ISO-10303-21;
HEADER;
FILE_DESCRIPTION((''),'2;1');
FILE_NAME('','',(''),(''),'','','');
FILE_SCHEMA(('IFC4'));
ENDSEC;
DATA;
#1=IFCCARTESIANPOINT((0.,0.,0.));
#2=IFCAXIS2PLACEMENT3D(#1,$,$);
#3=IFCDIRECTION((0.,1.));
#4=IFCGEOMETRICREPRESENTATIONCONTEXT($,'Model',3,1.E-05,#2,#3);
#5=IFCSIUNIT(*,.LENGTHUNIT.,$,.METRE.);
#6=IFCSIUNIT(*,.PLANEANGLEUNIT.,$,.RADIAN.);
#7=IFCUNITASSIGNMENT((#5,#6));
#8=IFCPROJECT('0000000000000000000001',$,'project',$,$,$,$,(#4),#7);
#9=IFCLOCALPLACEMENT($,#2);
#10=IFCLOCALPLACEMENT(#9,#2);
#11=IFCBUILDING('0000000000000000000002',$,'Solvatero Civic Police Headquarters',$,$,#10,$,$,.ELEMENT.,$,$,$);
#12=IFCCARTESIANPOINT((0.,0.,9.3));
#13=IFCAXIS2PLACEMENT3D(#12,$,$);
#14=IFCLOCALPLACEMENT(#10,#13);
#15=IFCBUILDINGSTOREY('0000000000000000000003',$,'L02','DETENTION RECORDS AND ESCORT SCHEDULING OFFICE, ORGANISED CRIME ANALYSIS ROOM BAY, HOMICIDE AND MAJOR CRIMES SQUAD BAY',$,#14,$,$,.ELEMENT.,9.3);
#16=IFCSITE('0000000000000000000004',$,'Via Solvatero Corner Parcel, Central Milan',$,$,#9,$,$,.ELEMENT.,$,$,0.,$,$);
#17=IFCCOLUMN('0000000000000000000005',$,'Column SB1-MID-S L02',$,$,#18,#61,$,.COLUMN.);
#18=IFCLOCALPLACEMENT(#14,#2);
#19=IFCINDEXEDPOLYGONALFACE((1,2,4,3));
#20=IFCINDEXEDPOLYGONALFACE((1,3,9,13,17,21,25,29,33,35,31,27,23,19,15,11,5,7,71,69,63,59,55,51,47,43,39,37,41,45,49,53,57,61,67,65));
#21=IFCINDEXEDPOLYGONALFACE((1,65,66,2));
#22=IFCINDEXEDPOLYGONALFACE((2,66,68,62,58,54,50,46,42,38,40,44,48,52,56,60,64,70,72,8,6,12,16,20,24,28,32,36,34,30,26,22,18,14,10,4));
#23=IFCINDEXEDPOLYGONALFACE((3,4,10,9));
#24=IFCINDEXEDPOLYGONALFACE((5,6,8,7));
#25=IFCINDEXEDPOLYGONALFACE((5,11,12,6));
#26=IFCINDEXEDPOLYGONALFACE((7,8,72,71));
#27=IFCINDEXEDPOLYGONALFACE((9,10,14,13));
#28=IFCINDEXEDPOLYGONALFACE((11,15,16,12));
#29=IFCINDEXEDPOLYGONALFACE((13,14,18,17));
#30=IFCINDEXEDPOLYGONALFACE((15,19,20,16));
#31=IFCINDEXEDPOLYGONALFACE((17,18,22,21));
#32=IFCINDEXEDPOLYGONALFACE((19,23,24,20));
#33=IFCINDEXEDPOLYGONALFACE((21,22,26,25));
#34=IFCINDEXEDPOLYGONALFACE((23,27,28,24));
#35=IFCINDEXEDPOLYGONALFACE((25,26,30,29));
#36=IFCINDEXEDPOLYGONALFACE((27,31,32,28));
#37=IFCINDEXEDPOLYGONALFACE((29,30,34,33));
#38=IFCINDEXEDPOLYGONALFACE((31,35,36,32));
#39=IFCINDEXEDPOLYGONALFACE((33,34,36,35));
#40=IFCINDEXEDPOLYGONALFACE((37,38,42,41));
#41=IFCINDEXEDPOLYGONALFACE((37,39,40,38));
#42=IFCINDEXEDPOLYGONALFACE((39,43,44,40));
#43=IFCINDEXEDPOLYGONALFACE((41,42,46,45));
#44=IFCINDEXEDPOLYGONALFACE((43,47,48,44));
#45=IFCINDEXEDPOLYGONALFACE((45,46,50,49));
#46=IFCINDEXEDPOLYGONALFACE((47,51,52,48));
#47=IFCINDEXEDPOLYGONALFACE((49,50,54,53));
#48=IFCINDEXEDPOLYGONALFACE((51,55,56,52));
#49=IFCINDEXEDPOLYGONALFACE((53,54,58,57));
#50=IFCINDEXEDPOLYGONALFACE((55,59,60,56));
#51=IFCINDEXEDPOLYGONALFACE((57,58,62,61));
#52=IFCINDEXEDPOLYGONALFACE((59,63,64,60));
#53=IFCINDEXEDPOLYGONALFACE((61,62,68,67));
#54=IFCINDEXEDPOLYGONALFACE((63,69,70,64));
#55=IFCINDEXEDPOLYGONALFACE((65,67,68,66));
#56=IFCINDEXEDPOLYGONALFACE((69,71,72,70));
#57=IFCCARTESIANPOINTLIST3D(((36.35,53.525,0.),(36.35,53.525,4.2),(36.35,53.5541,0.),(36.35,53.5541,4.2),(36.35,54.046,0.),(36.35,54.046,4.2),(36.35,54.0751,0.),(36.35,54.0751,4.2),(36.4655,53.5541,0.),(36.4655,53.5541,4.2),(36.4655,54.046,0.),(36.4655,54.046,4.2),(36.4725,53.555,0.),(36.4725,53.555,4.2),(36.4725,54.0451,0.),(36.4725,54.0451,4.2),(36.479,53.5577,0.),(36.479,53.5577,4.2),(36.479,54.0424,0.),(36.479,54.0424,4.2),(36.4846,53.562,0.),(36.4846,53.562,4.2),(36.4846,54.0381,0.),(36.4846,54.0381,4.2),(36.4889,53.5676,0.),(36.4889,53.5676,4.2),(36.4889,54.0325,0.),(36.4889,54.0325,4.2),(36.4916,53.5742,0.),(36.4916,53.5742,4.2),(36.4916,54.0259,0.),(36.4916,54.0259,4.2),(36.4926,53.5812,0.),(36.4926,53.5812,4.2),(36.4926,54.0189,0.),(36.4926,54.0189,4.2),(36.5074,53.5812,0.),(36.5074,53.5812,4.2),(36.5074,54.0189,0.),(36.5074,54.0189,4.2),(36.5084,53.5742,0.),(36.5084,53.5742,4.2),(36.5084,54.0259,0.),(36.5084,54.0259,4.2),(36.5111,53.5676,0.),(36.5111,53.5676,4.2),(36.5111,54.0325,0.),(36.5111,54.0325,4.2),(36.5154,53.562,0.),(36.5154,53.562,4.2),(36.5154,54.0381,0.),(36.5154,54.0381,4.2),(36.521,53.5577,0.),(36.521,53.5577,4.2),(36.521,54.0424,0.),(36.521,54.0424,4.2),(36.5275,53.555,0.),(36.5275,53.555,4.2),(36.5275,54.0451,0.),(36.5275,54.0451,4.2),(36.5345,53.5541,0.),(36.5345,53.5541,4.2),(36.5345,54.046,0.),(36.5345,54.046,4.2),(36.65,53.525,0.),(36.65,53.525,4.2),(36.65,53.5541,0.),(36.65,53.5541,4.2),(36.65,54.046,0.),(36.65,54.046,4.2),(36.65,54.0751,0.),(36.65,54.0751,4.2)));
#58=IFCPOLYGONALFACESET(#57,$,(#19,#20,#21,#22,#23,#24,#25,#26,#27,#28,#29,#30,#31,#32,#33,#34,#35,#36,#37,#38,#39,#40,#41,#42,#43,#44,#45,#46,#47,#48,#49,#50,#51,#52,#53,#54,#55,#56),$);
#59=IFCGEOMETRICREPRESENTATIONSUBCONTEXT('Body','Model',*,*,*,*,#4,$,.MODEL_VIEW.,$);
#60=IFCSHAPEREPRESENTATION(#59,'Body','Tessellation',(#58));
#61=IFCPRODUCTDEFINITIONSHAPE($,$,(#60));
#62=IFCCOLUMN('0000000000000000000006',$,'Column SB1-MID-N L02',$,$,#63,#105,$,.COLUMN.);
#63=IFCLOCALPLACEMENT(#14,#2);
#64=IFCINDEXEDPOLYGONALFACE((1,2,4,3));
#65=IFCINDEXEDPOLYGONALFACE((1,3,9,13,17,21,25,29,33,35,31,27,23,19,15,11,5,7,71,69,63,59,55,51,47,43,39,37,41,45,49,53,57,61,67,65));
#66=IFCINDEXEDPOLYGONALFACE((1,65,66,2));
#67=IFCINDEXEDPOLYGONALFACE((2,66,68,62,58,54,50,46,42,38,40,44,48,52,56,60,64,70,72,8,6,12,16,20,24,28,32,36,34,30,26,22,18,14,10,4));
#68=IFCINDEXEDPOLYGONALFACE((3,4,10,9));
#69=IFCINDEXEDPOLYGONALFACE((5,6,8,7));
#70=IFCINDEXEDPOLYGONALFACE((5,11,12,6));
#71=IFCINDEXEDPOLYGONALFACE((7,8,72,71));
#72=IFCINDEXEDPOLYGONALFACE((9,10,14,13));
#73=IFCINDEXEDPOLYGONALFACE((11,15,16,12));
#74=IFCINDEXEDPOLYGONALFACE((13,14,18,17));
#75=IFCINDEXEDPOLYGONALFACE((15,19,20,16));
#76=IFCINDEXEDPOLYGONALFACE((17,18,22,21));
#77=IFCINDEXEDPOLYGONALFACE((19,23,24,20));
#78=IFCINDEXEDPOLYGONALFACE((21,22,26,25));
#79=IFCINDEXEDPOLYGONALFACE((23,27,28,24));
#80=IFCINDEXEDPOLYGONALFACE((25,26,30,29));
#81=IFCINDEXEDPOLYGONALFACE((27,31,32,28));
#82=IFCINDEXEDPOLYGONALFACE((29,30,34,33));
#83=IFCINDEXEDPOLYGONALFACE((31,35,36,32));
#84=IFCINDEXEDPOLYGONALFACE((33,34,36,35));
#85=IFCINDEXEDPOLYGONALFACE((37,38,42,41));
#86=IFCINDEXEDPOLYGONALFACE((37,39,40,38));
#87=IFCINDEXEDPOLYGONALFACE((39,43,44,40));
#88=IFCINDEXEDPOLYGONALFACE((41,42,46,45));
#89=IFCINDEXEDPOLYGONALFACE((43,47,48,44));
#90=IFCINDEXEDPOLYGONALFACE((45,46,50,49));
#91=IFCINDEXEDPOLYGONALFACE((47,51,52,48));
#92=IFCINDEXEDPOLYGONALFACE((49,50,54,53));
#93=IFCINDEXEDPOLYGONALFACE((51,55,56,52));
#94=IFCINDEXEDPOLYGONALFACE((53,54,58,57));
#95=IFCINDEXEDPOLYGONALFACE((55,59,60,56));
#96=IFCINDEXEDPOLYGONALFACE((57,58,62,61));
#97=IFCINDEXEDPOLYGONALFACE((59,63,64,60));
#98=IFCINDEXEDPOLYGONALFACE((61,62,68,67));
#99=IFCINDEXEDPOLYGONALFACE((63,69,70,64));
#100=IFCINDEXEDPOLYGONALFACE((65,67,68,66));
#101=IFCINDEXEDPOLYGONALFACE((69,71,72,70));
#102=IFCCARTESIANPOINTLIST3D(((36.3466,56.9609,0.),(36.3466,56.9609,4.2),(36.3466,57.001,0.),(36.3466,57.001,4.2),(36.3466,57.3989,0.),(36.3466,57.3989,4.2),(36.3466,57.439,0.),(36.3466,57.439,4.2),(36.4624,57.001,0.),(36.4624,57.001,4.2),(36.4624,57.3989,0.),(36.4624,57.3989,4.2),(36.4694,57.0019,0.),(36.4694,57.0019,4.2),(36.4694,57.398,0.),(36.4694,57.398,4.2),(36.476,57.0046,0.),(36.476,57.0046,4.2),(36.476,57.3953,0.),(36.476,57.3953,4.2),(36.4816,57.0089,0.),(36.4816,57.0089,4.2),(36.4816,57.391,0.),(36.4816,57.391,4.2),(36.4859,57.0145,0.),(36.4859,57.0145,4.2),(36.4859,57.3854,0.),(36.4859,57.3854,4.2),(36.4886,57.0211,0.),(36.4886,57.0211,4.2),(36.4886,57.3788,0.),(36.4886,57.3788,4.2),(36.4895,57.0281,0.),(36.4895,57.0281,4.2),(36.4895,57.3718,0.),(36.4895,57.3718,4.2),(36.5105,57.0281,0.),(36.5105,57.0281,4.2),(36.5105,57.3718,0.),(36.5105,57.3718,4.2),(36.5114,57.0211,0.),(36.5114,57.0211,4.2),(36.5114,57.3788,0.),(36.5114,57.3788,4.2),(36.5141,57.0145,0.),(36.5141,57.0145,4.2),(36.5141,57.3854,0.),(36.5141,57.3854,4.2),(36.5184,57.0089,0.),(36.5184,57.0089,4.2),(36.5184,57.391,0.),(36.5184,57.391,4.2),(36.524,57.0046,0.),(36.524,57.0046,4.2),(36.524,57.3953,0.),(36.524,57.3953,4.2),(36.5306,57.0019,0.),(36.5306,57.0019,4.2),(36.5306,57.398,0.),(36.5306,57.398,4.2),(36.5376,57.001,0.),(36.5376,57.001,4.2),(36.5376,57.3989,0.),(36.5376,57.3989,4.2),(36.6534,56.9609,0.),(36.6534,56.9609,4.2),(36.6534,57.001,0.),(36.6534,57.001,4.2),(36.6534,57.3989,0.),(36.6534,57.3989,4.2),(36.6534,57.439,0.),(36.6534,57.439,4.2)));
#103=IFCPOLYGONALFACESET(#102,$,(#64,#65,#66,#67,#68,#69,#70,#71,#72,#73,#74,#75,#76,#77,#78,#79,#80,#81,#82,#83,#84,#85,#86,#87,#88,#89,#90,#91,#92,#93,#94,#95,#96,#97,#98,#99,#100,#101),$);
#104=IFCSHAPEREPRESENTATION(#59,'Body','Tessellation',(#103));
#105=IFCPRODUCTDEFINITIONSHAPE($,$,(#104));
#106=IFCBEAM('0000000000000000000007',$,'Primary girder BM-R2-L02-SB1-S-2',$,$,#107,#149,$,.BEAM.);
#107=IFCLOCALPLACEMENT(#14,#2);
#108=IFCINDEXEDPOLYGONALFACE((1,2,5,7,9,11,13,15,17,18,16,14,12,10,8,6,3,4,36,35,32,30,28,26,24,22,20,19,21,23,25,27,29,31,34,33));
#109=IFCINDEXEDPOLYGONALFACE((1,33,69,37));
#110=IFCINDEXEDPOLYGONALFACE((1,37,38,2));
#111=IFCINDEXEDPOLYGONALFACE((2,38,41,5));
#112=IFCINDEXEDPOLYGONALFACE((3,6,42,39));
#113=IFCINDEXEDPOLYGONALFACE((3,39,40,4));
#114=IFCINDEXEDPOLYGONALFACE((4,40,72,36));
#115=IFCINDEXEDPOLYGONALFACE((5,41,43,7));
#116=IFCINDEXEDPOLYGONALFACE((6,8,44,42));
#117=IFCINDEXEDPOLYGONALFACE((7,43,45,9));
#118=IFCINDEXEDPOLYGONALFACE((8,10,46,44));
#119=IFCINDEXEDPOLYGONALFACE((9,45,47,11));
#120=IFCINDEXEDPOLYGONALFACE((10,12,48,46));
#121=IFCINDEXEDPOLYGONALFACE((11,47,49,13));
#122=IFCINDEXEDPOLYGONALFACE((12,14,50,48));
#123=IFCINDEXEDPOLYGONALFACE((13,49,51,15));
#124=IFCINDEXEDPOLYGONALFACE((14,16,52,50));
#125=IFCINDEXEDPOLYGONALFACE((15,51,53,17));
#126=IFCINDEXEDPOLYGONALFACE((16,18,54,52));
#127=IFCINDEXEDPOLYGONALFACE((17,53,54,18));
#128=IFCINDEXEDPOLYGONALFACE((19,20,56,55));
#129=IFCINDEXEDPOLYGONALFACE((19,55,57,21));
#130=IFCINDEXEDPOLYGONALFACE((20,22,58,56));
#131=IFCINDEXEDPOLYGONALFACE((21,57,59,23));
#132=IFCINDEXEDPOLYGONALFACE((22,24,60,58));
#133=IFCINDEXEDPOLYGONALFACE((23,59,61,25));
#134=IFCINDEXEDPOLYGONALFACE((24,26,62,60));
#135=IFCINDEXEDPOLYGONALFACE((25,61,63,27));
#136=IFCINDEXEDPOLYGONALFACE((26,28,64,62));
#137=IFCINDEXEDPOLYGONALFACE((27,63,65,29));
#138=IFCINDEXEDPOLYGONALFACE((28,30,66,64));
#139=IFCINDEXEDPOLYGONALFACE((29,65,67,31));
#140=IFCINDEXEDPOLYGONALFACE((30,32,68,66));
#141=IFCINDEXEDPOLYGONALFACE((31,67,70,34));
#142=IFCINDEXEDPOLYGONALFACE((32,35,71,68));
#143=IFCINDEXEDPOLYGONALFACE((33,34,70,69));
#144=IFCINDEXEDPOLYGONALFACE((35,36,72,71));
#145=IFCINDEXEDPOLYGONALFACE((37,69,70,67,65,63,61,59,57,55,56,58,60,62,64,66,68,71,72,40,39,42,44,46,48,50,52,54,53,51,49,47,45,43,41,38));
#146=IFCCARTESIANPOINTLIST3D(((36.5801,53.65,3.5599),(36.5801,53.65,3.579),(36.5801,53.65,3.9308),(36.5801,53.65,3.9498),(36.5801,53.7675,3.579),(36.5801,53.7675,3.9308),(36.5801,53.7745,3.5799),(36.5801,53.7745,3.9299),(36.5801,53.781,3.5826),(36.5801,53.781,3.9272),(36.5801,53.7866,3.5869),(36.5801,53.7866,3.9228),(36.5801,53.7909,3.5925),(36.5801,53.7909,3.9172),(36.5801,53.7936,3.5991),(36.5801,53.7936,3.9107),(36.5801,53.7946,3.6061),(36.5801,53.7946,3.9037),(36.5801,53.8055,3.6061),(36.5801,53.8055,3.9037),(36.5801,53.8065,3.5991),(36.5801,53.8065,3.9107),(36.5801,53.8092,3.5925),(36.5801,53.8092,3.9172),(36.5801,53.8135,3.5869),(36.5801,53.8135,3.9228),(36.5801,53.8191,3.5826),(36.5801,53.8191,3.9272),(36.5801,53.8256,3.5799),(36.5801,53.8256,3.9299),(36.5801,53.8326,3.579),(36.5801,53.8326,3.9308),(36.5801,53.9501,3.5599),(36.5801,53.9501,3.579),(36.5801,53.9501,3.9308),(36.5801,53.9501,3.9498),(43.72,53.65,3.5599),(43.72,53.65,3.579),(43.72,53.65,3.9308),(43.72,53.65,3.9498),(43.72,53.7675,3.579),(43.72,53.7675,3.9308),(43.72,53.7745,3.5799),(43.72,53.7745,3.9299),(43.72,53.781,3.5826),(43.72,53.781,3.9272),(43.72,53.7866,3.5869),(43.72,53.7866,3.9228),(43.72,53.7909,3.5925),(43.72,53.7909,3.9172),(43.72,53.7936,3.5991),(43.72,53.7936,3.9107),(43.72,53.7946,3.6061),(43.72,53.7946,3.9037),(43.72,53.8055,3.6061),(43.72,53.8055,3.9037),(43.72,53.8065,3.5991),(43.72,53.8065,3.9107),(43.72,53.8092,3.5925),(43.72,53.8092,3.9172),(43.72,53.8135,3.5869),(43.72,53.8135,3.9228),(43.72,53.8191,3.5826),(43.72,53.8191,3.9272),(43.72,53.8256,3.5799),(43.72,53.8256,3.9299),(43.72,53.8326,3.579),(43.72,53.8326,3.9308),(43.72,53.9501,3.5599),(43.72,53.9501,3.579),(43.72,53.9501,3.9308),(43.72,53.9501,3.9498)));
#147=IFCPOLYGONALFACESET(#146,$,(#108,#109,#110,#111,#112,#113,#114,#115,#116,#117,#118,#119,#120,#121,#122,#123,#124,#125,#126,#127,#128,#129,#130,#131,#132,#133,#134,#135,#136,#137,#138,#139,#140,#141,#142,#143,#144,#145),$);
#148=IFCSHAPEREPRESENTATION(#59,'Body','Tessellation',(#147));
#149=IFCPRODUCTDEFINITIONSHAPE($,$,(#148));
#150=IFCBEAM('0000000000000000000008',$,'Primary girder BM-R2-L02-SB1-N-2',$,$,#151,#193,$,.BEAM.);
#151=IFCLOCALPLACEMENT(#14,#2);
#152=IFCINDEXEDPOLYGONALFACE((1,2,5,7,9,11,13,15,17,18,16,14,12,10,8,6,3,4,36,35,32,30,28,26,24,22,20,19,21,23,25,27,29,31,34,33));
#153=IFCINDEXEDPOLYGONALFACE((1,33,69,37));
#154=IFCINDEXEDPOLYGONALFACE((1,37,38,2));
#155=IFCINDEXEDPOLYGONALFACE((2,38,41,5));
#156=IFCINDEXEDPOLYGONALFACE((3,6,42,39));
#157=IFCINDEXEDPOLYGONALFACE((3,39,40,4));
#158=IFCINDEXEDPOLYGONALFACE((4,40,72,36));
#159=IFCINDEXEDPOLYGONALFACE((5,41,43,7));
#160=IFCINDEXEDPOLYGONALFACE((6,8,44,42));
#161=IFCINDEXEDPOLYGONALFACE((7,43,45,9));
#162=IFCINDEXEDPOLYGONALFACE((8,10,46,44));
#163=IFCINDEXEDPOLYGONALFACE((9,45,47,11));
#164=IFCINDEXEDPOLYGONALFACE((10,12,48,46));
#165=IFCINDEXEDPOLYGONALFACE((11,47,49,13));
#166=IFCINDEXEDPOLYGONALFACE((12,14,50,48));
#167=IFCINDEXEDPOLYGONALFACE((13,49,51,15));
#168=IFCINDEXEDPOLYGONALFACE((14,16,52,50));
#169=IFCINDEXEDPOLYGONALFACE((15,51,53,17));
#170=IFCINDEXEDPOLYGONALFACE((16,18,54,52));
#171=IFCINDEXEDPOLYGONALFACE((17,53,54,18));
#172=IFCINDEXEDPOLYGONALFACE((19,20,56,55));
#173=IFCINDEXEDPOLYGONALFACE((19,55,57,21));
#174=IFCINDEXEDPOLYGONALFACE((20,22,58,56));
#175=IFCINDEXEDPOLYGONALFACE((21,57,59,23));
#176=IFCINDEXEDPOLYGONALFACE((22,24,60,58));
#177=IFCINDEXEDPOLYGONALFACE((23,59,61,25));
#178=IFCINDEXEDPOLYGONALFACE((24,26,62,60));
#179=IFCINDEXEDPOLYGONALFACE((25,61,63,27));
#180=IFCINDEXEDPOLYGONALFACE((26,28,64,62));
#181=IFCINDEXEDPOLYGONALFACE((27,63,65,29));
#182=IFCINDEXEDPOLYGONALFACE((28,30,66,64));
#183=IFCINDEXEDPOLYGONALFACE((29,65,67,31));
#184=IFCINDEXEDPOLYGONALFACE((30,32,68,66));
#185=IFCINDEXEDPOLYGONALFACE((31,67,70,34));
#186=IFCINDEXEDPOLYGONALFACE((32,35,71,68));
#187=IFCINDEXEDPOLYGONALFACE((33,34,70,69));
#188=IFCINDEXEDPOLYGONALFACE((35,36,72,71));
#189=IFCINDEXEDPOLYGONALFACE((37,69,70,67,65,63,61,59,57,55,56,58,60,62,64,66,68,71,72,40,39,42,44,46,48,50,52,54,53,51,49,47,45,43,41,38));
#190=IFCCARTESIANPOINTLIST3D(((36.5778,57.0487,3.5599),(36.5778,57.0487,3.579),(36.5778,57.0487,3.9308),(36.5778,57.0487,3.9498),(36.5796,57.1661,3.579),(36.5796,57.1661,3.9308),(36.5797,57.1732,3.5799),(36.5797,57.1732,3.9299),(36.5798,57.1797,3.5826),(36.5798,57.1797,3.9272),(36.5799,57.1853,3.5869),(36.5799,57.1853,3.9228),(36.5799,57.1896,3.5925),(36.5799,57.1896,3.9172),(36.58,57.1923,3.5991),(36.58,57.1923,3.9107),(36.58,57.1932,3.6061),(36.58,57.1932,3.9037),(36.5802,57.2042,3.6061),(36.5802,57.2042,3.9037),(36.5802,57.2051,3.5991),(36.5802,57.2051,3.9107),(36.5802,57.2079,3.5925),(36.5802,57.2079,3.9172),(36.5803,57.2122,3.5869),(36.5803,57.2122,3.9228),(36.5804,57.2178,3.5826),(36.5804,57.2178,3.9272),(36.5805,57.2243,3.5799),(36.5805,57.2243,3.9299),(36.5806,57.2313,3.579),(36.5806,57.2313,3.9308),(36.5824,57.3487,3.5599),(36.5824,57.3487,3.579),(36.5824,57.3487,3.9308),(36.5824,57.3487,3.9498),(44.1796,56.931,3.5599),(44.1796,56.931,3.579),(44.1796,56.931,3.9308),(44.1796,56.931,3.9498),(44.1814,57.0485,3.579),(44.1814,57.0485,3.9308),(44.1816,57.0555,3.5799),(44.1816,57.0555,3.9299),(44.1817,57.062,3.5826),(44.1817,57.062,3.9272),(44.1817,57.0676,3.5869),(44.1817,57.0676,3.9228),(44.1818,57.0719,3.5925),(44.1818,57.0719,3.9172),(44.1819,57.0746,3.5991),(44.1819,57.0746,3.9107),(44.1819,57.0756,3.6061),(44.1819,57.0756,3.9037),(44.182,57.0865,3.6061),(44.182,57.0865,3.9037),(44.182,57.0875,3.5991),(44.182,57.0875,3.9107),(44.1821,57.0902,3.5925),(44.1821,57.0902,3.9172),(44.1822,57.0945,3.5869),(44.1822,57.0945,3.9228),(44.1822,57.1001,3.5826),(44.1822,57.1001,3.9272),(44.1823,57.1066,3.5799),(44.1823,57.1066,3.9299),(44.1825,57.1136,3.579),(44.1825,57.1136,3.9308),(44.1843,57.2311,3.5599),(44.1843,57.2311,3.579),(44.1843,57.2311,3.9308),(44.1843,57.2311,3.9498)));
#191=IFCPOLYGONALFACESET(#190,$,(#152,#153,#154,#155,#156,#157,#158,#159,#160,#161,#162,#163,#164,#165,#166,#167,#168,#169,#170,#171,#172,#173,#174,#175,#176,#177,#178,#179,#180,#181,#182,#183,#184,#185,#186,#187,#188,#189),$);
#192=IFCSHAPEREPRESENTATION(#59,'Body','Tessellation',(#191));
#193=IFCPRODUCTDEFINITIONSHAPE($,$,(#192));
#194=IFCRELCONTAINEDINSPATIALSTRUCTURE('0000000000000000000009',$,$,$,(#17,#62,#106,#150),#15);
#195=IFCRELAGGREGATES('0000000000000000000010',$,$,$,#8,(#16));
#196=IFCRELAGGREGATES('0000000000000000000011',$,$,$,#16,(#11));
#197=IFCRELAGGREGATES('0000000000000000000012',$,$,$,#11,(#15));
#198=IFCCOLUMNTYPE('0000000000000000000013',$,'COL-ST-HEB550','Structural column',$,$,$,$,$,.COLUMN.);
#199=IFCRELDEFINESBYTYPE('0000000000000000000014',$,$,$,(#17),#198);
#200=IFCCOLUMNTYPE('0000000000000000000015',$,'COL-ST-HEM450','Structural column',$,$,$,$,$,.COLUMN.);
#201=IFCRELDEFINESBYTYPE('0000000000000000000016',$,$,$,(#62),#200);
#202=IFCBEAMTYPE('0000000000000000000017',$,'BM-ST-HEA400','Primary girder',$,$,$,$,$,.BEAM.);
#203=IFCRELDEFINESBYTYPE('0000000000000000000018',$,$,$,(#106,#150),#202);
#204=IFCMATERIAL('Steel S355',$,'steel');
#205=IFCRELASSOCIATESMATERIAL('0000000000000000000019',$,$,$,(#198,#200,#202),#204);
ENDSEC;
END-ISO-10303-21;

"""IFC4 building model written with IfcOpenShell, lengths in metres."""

from ifc_helpers import new_model, si_unit, direction, frame, origin, origin_2d, place, context, subcontext, project, spatial, i_section, extrude, material, material_profile, profile_set, type_object, element, save


model = new_model("IFC4")

# Units and contexts
model_context = context("Model", 3, precision=1e-05, world=origin(), true_north=direction((0.0, 1.0)))
body_context = subcontext(model_context, "Body", "Model", "MODEL_VIEW")
ifc_project = project(units=[si_unit("LENGTHUNIT", "METRE"), si_unit("PLANEANGLEUNIT", "RADIAN")], contexts=[model_context])

# Site, building, storey
site_placement = place(None, origin())
site = spatial("IfcSite", under=ifc_project, at=site_placement, Name="Via Solvatero Corner Parcel, Central Milan", CompositionType="ELEMENT", RefElevation=0.0)
building_placement = place(site_placement, origin())
building = spatial("IfcBuilding", under=site, at=building_placement, Name="Solvatero Civic Police Headquarters", CompositionType="ELEMENT")
storey_placement = place(building_placement, frame((0.0, 0.0, 9.3)))
storey = spatial("IfcBuildingStorey", under=building, at=storey_placement, Name="L02", Description="DETENTION RECORDS AND ESCORT SCHEDULING OFFICE, ORGANISED CRIME ANALYSIS ROOM BAY, HOMICIDE AND MAJOR CRIMES SQUAD BAY", CompositionType="ELEMENT", Elevation=9.3)

# Columns
ifc_material_1 = material(Name="Steel S355", Category="steel")
ifc_material_profile_1 = material_profile(ifc_material_1, i_section(OverallWidth=0.3, OverallDepth=0.55, WebThickness=0.0149, FlangeThickness=0.0291, FilletRadius=0.0271, at=origin_2d()), Name="HEB 550")
ifc_profile_set_1 = profile_set([ifc_material_profile_1], Name="Steel S355")
column_type_1 = type_object("IfcColumnType", Name="COL-ST-HEB550", Description="Structural column", PredefinedType="COLUMN", material=ifc_profile_set_1)
column_1_placement = place(storey_placement, frame((36.5, 53.8, 0.0), z_axis=(0.0, 0.0, 1.0), x_axis=(1.0, 0.0, 0.0)))
element("IfcColumn", 1, at=column_1_placement, inside=storey, type_object=column_type_1, Name="Column SB1-MID-S L02", PredefinedType="COLUMN", context=body_context, shape_type="SweptSolid", body=[
    extrude(i_section(OverallWidth=0.3, OverallDepth=0.55, WebThickness=0.0149, FlangeThickness=0.0291, FilletRadius=0.0271, at=origin_2d()), origin(), (0.0, 0.0, 1.0), 4.2),
])
ifc_material_profile_2 = material_profile(ifc_material_1, i_section(OverallWidth=0.3069, OverallDepth=0.478, WebThickness=0.021, FlangeThickness=0.04, FilletRadius=0.0271, at=origin_2d()), Name="HEM 450")
ifc_profile_set_2 = profile_set([ifc_material_profile_2], Name="Steel S355")
column_type_2 = type_object("IfcColumnType", Name="COL-ST-HEM450", Description="Structural column", PredefinedType="COLUMN", material=ifc_profile_set_2)
column_2_placement = place(storey_placement, frame((36.5, 57.2, 0.0), z_axis=(0.0, 0.0, 1.0), x_axis=(1.0, 0.0, 0.0)))
element("IfcColumn", 2, at=column_2_placement, inside=storey, type_object=column_type_2, Name="Column SB1-MID-N L02", PredefinedType="COLUMN", context=body_context, shape_type="SweptSolid", body=[
    extrude(i_section(OverallWidth=0.3069, OverallDepth=0.478, WebThickness=0.021, FlangeThickness=0.04, FilletRadius=0.0271, at=origin_2d()), origin(), (0.0, 0.0, 1.0), 4.2),
])

# Beams
ifc_material_profile_3 = material_profile(ifc_material_1, i_section(OverallWidth=0.3, OverallDepth=0.3899, WebThickness=0.011, FlangeThickness=0.019, FilletRadius=0.0271, at=origin_2d()), Name="HEA 400")
ifc_profile_set_3 = profile_set([ifc_material_profile_3], Name="Steel S355")
beam_type = type_object("IfcBeamType", Name="BM-ST-HEA400", Description="Primary girder", PredefinedType="BEAM", material=ifc_profile_set_3)
beam_1_placement = place(storey_placement, frame((36.5801, 53.8, 3.7549), z_axis=(1.0, 0.0, 0.0), x_axis=(0.0, 1.0, 0.0)))
element("IfcBeam", 3, at=beam_1_placement, inside=storey, type_object=beam_type, Name="Primary girder BM-R2-L02-SB1-S-2", PredefinedType="BEAM", context=body_context, shape_type="SweptSolid", body=[
    extrude(i_section(OverallWidth=0.3, OverallDepth=0.3899, WebThickness=0.011, FlangeThickness=0.019, FilletRadius=0.0271, at=origin_2d()), origin(), (0.0, 0.0, 1.0), 7.1399),
])
beam_2_placement = place(storey_placement, frame((36.5801, 57.1987, 3.7549), z_axis=(0.99988, -0.015478, 0.0), x_axis=(0.015478, 0.99988, 0.0)))
element("IfcBeam", 4, at=beam_2_placement, inside=storey, type_object=beam_type, Name="Primary girder BM-R2-L02-SB1-N-2", PredefinedType="BEAM", context=body_context, shape_type="SweptSolid", body=[
    extrude(i_section(OverallWidth=0.3, OverallDepth=0.3899, WebThickness=0.011, FlangeThickness=0.019, FilletRadius=0.0271, at=origin_2d()), origin(), (0.0, 0.0, 1.0), 7.6028),
])

save(model, "model.ifc")
